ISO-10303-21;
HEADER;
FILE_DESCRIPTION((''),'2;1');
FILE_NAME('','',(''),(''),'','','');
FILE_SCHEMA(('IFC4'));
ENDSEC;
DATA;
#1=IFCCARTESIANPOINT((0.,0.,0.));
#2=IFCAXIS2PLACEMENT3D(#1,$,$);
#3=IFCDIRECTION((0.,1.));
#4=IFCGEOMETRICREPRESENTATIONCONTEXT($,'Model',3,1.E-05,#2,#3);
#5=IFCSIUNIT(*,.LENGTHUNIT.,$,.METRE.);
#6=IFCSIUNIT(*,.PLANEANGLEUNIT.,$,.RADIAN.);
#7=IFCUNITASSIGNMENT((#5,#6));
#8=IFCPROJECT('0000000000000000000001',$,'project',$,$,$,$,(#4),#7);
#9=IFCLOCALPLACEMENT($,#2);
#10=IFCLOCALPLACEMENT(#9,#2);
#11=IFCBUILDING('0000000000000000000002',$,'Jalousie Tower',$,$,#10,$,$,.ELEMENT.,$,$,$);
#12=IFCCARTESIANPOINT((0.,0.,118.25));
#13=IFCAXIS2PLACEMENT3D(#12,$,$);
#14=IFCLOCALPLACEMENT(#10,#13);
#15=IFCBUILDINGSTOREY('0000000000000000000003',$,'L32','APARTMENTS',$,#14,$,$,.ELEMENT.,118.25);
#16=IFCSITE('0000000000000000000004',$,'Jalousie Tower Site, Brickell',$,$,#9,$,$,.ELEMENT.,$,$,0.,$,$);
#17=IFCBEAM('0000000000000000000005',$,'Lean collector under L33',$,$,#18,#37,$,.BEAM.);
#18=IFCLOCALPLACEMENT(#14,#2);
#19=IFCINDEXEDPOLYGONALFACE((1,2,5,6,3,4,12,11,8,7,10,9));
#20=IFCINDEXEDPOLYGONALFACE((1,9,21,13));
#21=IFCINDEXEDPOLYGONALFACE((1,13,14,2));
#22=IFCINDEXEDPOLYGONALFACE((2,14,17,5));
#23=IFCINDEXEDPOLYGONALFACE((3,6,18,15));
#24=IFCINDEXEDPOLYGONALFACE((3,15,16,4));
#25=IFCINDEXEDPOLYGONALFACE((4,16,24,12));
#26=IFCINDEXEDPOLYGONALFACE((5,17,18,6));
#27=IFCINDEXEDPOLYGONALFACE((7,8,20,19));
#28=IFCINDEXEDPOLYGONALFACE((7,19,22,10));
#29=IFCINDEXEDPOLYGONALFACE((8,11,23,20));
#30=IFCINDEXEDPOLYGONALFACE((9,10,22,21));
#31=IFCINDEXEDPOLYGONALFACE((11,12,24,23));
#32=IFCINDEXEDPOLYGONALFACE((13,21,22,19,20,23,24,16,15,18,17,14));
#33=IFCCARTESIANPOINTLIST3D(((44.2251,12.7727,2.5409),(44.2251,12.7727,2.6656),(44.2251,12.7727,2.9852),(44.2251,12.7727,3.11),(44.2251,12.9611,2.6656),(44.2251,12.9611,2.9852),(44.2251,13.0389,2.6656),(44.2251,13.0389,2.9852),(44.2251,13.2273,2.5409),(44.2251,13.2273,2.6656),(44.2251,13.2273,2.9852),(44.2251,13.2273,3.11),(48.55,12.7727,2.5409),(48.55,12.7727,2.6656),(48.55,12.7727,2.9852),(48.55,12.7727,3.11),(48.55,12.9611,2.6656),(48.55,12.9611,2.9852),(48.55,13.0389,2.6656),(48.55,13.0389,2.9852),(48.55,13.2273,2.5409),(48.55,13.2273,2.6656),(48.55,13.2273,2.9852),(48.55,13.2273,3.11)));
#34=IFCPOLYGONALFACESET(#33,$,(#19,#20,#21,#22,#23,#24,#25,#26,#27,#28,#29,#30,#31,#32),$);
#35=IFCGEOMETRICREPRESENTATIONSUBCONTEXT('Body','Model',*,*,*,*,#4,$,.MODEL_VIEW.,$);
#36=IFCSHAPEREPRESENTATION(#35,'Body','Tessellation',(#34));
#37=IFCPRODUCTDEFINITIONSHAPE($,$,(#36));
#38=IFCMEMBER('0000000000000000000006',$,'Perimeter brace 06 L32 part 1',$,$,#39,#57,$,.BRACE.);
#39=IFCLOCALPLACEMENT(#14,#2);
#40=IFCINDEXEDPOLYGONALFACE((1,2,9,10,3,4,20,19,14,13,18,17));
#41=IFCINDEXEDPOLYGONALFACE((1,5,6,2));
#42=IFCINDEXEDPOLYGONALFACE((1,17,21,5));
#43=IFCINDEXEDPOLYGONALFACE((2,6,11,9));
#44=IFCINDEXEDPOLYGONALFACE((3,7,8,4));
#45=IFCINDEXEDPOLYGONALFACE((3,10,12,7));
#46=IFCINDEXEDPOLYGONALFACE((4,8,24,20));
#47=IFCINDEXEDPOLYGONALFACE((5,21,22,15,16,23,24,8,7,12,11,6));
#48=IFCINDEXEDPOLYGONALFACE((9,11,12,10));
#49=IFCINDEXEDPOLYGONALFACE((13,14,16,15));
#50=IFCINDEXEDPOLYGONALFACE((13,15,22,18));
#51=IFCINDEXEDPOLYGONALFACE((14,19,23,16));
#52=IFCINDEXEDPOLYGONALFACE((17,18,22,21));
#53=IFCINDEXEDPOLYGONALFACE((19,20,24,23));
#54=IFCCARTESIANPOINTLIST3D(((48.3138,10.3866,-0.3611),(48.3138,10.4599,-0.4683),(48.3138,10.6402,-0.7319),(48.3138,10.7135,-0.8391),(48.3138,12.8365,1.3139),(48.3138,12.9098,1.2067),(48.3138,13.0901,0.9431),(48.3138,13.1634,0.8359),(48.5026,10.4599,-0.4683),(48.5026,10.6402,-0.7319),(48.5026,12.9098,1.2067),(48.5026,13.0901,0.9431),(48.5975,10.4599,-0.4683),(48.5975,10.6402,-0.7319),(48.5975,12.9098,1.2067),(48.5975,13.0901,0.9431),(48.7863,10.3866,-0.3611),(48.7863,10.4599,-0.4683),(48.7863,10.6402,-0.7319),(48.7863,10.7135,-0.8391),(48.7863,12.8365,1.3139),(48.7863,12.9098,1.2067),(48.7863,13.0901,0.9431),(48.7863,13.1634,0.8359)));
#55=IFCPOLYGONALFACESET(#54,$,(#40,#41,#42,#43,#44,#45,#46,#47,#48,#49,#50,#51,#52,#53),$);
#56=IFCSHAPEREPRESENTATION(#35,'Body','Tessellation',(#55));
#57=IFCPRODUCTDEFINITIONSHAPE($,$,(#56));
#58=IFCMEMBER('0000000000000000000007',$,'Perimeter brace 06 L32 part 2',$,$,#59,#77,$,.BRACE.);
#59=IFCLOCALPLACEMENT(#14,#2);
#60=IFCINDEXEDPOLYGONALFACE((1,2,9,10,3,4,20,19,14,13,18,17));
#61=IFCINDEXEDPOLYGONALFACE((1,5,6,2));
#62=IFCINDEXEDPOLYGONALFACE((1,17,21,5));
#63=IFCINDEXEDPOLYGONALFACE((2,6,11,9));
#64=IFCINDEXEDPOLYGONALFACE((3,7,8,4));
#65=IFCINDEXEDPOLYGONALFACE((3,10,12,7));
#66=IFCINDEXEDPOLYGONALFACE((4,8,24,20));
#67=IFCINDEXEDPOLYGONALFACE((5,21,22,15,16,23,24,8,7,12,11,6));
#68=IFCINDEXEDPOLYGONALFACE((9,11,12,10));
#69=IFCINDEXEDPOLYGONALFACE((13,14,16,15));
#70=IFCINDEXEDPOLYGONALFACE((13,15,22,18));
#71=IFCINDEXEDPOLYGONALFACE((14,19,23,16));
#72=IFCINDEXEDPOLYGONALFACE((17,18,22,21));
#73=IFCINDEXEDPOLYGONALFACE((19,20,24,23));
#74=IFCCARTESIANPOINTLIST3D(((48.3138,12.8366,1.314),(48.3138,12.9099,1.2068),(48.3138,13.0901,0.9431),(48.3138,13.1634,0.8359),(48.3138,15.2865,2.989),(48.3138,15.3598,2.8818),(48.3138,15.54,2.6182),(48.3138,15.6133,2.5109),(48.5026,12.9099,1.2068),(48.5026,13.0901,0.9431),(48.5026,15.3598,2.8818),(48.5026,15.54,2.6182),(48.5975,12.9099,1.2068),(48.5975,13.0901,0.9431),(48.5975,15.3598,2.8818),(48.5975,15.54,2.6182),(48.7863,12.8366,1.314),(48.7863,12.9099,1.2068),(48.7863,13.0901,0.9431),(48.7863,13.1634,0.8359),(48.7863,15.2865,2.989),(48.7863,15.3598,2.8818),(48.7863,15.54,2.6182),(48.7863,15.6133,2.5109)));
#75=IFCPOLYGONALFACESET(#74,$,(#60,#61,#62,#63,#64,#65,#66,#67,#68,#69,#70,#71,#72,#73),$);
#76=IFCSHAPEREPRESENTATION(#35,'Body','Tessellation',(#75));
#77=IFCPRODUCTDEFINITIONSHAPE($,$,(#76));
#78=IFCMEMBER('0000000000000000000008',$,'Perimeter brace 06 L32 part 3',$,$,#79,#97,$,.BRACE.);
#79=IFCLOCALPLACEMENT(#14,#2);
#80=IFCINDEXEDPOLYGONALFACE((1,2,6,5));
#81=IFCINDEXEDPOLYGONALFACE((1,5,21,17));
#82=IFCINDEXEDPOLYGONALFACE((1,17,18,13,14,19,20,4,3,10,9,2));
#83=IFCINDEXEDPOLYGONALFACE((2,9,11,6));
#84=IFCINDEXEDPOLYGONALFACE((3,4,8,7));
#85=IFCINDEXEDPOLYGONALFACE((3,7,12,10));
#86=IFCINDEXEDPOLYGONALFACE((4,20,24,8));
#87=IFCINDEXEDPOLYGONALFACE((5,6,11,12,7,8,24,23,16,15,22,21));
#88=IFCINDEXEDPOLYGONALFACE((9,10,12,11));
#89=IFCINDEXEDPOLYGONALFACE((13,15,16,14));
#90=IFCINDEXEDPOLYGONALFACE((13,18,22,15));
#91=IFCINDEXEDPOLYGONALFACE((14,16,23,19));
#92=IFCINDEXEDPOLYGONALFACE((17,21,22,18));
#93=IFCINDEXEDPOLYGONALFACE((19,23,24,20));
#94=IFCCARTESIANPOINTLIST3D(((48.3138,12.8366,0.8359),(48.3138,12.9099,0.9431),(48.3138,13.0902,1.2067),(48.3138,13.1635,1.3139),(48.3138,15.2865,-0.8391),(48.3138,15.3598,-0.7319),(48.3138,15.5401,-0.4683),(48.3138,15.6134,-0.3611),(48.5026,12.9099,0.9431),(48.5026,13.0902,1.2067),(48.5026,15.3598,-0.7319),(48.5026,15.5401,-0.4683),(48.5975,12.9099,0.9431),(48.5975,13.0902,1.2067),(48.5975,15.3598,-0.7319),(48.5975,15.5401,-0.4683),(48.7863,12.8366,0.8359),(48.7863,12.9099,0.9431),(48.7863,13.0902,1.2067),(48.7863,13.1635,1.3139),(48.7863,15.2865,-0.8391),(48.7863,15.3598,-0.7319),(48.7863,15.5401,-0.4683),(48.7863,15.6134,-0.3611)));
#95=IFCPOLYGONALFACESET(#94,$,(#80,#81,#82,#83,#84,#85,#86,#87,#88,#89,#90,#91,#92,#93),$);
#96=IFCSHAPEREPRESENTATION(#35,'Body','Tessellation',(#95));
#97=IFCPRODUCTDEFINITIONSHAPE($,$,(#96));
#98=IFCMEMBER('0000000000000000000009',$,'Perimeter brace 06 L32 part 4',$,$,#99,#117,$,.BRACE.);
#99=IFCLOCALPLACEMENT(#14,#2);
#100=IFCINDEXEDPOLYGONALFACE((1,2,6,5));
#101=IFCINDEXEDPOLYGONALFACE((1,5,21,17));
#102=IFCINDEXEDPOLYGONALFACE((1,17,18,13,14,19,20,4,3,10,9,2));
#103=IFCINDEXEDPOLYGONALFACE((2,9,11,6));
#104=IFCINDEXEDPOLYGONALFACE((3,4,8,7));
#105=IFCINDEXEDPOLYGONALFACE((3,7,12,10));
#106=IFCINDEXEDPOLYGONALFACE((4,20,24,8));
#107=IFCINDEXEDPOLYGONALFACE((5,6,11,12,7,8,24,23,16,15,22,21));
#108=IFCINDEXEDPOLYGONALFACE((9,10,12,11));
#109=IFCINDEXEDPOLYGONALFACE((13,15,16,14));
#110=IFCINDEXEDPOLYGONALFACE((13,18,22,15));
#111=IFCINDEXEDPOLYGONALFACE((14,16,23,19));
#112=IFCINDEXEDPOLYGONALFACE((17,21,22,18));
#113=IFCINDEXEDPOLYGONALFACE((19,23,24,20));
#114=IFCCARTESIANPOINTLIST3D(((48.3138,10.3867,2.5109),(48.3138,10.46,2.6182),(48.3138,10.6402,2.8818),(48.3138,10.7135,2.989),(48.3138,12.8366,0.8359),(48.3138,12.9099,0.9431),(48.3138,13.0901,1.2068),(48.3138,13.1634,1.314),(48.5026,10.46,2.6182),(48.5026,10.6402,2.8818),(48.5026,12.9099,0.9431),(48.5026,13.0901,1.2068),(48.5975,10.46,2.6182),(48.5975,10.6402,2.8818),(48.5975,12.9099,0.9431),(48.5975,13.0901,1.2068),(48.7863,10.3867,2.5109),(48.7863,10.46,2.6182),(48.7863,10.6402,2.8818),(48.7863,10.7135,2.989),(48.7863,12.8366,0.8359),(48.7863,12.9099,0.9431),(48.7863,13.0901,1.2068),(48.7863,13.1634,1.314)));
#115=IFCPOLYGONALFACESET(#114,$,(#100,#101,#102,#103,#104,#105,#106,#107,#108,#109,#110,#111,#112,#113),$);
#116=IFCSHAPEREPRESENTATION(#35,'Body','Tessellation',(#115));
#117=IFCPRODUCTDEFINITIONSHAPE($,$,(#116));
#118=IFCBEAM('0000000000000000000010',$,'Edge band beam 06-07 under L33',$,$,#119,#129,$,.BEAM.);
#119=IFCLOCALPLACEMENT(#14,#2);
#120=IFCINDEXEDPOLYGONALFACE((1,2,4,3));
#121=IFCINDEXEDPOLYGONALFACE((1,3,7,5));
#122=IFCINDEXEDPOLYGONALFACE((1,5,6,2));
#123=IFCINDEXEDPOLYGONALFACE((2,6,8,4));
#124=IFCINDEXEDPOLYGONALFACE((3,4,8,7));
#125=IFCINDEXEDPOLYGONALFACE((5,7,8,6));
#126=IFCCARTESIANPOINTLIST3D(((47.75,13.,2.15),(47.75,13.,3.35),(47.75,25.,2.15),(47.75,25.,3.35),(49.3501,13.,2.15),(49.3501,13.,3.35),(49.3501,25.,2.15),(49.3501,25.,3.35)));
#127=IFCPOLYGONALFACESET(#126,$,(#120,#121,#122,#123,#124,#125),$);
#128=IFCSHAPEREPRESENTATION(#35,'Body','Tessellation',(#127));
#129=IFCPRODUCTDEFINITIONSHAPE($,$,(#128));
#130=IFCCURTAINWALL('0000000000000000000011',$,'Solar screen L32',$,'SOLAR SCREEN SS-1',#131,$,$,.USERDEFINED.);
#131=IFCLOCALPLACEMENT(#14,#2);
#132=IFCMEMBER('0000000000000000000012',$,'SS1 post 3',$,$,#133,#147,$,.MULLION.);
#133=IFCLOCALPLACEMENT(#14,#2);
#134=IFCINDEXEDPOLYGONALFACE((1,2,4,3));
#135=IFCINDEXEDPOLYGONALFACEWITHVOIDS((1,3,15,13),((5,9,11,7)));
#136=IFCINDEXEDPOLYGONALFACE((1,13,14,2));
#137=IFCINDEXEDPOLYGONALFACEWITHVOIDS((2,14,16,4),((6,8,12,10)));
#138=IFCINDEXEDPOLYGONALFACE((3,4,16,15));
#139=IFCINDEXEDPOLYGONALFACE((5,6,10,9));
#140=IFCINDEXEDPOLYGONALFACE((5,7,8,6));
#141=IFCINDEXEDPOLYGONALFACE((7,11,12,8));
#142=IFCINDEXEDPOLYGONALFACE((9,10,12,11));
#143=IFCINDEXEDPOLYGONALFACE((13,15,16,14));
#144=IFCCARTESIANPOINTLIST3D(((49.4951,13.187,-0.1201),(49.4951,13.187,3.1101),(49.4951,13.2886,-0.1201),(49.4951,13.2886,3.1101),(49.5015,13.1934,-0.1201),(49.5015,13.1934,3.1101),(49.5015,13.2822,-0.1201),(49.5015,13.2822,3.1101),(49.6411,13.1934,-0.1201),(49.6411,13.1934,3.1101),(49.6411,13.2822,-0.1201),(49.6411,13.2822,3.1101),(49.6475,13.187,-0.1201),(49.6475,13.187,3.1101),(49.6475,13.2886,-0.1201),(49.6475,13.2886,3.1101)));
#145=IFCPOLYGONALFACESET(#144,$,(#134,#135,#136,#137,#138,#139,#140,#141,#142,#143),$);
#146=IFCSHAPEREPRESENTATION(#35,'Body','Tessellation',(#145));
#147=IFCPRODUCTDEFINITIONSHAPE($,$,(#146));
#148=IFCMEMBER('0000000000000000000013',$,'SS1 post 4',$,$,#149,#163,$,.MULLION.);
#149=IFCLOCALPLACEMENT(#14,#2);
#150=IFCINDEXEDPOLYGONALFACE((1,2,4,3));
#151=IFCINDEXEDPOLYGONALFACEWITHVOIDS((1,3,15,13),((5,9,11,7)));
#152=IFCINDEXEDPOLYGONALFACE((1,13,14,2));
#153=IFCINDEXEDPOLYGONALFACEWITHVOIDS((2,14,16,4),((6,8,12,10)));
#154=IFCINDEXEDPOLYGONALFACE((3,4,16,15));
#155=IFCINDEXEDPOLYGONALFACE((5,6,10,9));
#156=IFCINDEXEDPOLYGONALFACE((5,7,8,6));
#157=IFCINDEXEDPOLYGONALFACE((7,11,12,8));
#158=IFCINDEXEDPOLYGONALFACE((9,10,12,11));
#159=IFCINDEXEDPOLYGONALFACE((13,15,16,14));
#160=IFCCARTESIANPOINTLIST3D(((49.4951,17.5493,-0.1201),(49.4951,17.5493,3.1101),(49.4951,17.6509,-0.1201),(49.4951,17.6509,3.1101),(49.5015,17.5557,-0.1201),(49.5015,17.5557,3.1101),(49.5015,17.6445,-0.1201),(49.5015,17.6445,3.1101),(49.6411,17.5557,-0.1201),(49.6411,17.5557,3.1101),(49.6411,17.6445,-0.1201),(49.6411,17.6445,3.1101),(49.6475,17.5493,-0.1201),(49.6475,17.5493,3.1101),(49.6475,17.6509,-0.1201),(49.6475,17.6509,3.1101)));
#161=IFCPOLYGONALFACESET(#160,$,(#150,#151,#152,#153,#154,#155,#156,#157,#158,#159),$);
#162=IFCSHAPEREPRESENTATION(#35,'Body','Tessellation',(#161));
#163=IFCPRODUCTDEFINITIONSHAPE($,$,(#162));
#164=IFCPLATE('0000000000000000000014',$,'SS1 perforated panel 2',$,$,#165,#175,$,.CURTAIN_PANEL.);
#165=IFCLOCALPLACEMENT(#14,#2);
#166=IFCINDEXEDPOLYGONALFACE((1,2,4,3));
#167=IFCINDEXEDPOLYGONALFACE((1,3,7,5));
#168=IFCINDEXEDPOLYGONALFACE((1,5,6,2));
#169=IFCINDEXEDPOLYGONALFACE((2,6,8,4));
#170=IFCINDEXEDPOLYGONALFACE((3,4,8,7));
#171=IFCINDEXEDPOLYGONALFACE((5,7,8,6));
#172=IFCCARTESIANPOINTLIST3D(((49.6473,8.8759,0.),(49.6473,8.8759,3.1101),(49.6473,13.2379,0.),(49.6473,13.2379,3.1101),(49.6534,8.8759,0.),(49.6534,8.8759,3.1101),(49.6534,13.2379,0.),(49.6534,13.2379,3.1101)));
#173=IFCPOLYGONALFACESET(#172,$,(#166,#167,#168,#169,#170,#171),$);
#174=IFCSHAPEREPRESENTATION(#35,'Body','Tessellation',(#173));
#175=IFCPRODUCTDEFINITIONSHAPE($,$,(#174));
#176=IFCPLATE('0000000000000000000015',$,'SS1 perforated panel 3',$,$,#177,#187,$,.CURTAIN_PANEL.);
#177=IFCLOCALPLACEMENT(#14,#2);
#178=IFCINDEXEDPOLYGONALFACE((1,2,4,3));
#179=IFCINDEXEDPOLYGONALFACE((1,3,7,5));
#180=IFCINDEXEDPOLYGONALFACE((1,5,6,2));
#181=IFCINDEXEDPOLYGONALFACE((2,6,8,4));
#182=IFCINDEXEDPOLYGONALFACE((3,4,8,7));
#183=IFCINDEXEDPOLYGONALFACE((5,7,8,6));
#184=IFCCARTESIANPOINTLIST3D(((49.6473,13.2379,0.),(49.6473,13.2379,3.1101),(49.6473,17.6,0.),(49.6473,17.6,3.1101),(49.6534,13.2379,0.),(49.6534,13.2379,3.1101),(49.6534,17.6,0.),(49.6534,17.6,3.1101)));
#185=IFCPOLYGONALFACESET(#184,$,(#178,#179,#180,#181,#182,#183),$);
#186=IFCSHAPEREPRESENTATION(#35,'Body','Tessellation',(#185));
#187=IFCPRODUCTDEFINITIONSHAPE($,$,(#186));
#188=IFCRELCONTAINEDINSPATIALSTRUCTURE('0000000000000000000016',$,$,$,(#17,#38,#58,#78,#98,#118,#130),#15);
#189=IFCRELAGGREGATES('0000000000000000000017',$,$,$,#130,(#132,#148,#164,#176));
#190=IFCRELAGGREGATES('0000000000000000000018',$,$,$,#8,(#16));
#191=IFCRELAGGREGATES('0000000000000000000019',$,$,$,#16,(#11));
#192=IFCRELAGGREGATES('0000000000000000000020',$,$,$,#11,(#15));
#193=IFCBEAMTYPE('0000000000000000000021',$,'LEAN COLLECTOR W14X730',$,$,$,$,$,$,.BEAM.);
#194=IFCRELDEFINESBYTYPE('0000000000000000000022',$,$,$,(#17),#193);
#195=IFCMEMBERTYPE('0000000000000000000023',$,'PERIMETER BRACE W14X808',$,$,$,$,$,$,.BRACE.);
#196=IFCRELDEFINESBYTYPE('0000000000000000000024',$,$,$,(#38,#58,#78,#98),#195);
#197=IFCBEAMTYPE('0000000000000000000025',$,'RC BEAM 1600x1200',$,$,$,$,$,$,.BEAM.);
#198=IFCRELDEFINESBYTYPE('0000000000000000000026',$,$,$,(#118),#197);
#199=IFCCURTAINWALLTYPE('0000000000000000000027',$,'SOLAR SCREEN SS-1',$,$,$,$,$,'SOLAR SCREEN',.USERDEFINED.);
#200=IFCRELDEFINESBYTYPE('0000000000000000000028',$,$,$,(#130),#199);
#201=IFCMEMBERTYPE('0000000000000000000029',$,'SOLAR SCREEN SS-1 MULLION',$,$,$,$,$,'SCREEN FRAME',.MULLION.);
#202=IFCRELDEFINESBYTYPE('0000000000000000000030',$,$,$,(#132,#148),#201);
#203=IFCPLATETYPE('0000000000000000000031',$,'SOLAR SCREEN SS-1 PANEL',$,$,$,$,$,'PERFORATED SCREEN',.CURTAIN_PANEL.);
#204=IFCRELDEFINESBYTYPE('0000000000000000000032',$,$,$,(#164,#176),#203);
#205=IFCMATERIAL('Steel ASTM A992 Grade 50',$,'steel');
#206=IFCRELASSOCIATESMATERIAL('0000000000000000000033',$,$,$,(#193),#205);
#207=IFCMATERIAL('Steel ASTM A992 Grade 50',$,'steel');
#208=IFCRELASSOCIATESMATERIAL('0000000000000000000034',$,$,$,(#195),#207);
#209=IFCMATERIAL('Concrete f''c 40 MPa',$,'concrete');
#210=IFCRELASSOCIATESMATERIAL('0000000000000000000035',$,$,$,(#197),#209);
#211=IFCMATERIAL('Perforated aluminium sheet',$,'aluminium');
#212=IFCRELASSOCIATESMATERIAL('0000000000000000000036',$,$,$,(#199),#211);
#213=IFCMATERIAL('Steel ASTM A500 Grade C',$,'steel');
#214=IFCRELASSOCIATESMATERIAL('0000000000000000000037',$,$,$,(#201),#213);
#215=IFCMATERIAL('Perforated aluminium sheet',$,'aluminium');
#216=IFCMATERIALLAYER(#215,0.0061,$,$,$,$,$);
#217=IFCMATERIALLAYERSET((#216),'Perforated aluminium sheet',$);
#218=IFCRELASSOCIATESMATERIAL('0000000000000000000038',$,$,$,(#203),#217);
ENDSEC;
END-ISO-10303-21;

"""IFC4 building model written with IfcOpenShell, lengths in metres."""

from ifc_helpers import new_model, si_unit, direction, frame, origin, origin_2d, place, context, subcontext, project, spatial, rectangle, hollow_rectangle, i_section, extrude, material, layer, layer_set, material_profile, profile_set, type_object, element, aggregate, save


model = new_model("IFC4")

# Units and contexts
model_context = context("Model", 3, precision=1e-05, world=origin(), true_north=direction((0.0, 1.0)))
body_context = subcontext(model_context, "Body", "Model", "MODEL_VIEW")
ifc_project = project(units=[si_unit("LENGTHUNIT", "METRE"), si_unit("PLANEANGLEUNIT", "RADIAN")], contexts=[model_context])

# Site, building, storey
site_placement = place(None, origin())
site = spatial("IfcSite", under=ifc_project, at=site_placement, Name="Jalousie Tower Site, Brickell", CompositionType="ELEMENT", RefElevation=0.0)
building_placement = place(site_placement, origin())
building = spatial("IfcBuilding", under=site, at=building_placement, Name="Jalousie Tower", CompositionType="ELEMENT")
storey_placement = place(building_placement, frame((0.0, 0.0, 118.25)))
storey = spatial("IfcBuildingStorey", under=building, at=storey_placement, Name="L32", Description="APARTMENTS", CompositionType="ELEMENT", Elevation=118.25)

# Beam
ifc_material_1 = material(Name="Steel ASTM A992 Grade 50", Category="steel")
ifc_material_profile_1 = material_profile(ifc_material_1, i_section(OverallWidth=0.4546, OverallDepth=0.5691, WebThickness=0.0779, FlangeThickness=0.1248, at=origin_2d()), Name="W14X730")
ifc_profile_set_1 = profile_set([ifc_material_profile_1], Name="Steel ASTM A992 Grade 50")
beam_type_1 = type_object("IfcBeamType", Name="LEAN COLLECTOR W14X730", PredefinedType="BEAM", material=ifc_profile_set_1)
beam_1_placement = place(storey_placement, frame((48.55, 13.0, 2.8254), z_axis=(-1.0, 0.0, 0.0), x_axis=(0.0, -1.0, 0.0)))
element("IfcBeam", 1, at=beam_1_placement, inside=storey, type_object=beam_type_1, Name="Lean collector under L33", PredefinedType="BEAM", context=body_context, shape_type="SweptSolid", body=[
    extrude(i_section(OverallWidth=0.4546, OverallDepth=0.5691, WebThickness=0.0779, FlangeThickness=0.1248, at=origin_2d()), origin(), (0.0, 0.0, 1.0), 4.325),
])

# Members
ifc_material_2 = material(Name="Steel ASTM A992 Grade 50", Category="steel")
ifc_material_profile_2 = material_profile(ifc_material_2, i_section(OverallWidth=0.4724, OverallDepth=0.5791, WebThickness=0.095, FlangeThickness=0.1299, at=origin_2d()), Name="W14X808")
ifc_profile_set_2 = profile_set([ifc_material_profile_2], Name="Steel ASTM A992 Grade 50")
member_type_1 = type_object("IfcMemberType", Name="PERIMETER BRACE W14X808", PredefinedType="BRACE", material=ifc_profile_set_2)
for number, where, z_axis, x_axis, name in (
    (2, (48.55, 10.55, -0.6001), (0.0, 0.825501, 0.564401), (-1.0, 0.0, 0.0), "Perimeter brace 06 L32 part 1"),
    (3, (48.55, 13.0, 1.075), (0.0, 0.825501, 0.564401), (-1.0, 0.0, 0.0), "Perimeter brace 06 L32 part 2"),
    (4, (48.55, 15.45, -0.6001), (0.0, -0.825501, 0.564401), (1.0, 0.0, 0.0), "Perimeter brace 06 L32 part 3"),
    (5, (48.55, 13.0, 1.075), (0.0, -0.825501, 0.564401), (1.0, 0.0, 0.0), "Perimeter brace 06 L32 part 4"),
):
    element("IfcMember", number, at=place(storey_placement, frame(where, z_axis=z_axis, x_axis=x_axis)), inside=storey, type_object=member_type_1, Name=name, PredefinedType="BRACE", context=body_context, shape_type="SweptSolid", body=[
        extrude(i_section(OverallWidth=0.4724, OverallDepth=0.5791, WebThickness=0.095, FlangeThickness=0.1299, at=origin_2d()), origin(), (0.0, 0.0, 1.0), 2.9678),
    ])

# Beam
ifc_material_3 = material(Name="Concrete f'c 40 MPa", Category="concrete")
ifc_material_profile_3 = material_profile(ifc_material_3, rectangle(XDim=1.6001, YDim=1.2, at=origin_2d()), Name="RC 1600x1200")
ifc_profile_set_3 = profile_set([ifc_material_profile_3], Name="Concrete f'c 40 MPa")
beam_type_2 = type_object("IfcBeamType", Name="RC BEAM 1600x1200", PredefinedType="BEAM", material=ifc_profile_set_3)
beam_2_placement = place(storey_placement, frame((48.55, 13.0, 2.75), z_axis=(0.0, 1.0, 0.0), x_axis=(-1.0, 0.0, 0.0)))
element("IfcBeam", 6, at=beam_2_placement, inside=storey, type_object=beam_type_2, Name="Edge band beam 06-07 under L33", PredefinedType="BEAM", context=body_context, shape_type="SweptSolid", body=[
    extrude(rectangle(XDim=1.6001, YDim=1.2, at=origin_2d()), origin(), (0.0, 0.0, 1.0), 12.0),
])

# Curtain wall, members, plates
ifc_material_4 = material(Name="Perforated aluminium sheet", Category="aluminium")
curtain_wall_type = type_object("IfcCurtainWallType", Name="SOLAR SCREEN SS-1", ElementType="SOLAR SCREEN", PredefinedType="USERDEFINED", material=ifc_material_4)
curtain_wall_placement = place(storey_placement, origin())
curtain_wall = element("IfcCurtainWall", 7, at=curtain_wall_placement, inside=storey, type_object=curtain_wall_type, Name="Solar screen L32", ObjectType="SOLAR SCREEN SS-1", PredefinedType="USERDEFINED")
ifc_material_5 = material(Name="Steel ASTM A500 Grade C", Category="steel")
ifc_material_profile_4 = material_profile(ifc_material_5, hollow_rectangle(XDim=0.1016, YDim=0.1523, WallThickness=0.0063, at=origin_2d()), Name="HSS6X4X1/4")
ifc_profile_set_4 = profile_set([ifc_material_profile_4], Name="Steel ASTM A500 Grade C")
member_type_2 = type_object("IfcMemberType", Name="SOLAR SCREEN SS-1 MULLION", ElementType="SCREEN FRAME", PredefinedType="MULLION", material=ifc_profile_set_4)
member_1_placement = place(storey_placement, frame((49.5713, 13.2378, -0.1201), z_axis=(0.0, 0.0, 1.0), x_axis=(0.0, 1.0, 0.0)))
member_1 = element("IfcMember", 8, at=member_1_placement, type_object=member_type_2, Name="SS1 post 3", PredefinedType="MULLION", context=body_context, shape_type="SweptSolid", body=[
    extrude(hollow_rectangle(XDim=0.1016, YDim=0.1523, WallThickness=0.0063, at=origin_2d()), origin(), (0.0, 0.0, 1.0), 3.2302),
])
member_2_placement = place(storey_placement, frame((49.5713, 17.6001, -0.1201), z_axis=(0.0, 0.0, 1.0), x_axis=(0.0, 1.0, 0.0)))
member_2 = element("IfcMember", 9, at=member_2_placement, type_object=member_type_2, Name="SS1 post 4", PredefinedType="MULLION", context=body_context, shape_type="SweptSolid", body=[
    extrude(hollow_rectangle(XDim=0.1016, YDim=0.1523, WallThickness=0.0063, at=origin_2d()), origin(), (0.0, 0.0, 1.0), 3.2302),
])
ifc_material_6 = material(Name="Perforated aluminium sheet", Category="aluminium")
ifc_layer_1 = layer(ifc_material_6, 0.0061)
ifc_layer_set_1 = layer_set([ifc_layer_1], Name="Perforated aluminium sheet")
plate_type = type_object("IfcPlateType", Name="SOLAR SCREEN SS-1 PANEL", ElementType="PERFORATED SCREEN", PredefinedType="CURTAIN_PANEL", material=ifc_layer_set_1)
plate_1_placement = place(storey_placement, frame((49.6504, 11.0569, 0.0), z_axis=(0.0, 0.0, 1.0), x_axis=(0.0, 1.0, 0.0)))
plate_1 = element("IfcPlate", 10, at=plate_1_placement, type_object=plate_type, Name="SS1 perforated panel 2", PredefinedType="CURTAIN_PANEL", context=body_context, shape_type="SweptSolid", body=[
    extrude(rectangle(XDim=4.3621, YDim=0.0061, at=origin_2d()), origin(), (0.0, 0.0, 1.0), 3.1101),
])
plate_2_placement = place(storey_placement, frame((49.6504, 15.4189, 0.0), z_axis=(0.0, 0.0, 1.0), x_axis=(0.0, 1.0, 0.0)))
plate_2 = element("IfcPlate", 11, at=plate_2_placement, type_object=plate_type, Name="SS1 perforated panel 3", PredefinedType="CURTAIN_PANEL", context=body_context, shape_type="SweptSolid", body=[
    extrude(rectangle(XDim=4.3621, YDim=0.0061, at=origin_2d()), origin(), (0.0, 0.0, 1.0), 3.1101),
])
aggregate(curtain_wall, [member_1, member_2, plate_1, plate_2])

save(model, "model.ifc")
